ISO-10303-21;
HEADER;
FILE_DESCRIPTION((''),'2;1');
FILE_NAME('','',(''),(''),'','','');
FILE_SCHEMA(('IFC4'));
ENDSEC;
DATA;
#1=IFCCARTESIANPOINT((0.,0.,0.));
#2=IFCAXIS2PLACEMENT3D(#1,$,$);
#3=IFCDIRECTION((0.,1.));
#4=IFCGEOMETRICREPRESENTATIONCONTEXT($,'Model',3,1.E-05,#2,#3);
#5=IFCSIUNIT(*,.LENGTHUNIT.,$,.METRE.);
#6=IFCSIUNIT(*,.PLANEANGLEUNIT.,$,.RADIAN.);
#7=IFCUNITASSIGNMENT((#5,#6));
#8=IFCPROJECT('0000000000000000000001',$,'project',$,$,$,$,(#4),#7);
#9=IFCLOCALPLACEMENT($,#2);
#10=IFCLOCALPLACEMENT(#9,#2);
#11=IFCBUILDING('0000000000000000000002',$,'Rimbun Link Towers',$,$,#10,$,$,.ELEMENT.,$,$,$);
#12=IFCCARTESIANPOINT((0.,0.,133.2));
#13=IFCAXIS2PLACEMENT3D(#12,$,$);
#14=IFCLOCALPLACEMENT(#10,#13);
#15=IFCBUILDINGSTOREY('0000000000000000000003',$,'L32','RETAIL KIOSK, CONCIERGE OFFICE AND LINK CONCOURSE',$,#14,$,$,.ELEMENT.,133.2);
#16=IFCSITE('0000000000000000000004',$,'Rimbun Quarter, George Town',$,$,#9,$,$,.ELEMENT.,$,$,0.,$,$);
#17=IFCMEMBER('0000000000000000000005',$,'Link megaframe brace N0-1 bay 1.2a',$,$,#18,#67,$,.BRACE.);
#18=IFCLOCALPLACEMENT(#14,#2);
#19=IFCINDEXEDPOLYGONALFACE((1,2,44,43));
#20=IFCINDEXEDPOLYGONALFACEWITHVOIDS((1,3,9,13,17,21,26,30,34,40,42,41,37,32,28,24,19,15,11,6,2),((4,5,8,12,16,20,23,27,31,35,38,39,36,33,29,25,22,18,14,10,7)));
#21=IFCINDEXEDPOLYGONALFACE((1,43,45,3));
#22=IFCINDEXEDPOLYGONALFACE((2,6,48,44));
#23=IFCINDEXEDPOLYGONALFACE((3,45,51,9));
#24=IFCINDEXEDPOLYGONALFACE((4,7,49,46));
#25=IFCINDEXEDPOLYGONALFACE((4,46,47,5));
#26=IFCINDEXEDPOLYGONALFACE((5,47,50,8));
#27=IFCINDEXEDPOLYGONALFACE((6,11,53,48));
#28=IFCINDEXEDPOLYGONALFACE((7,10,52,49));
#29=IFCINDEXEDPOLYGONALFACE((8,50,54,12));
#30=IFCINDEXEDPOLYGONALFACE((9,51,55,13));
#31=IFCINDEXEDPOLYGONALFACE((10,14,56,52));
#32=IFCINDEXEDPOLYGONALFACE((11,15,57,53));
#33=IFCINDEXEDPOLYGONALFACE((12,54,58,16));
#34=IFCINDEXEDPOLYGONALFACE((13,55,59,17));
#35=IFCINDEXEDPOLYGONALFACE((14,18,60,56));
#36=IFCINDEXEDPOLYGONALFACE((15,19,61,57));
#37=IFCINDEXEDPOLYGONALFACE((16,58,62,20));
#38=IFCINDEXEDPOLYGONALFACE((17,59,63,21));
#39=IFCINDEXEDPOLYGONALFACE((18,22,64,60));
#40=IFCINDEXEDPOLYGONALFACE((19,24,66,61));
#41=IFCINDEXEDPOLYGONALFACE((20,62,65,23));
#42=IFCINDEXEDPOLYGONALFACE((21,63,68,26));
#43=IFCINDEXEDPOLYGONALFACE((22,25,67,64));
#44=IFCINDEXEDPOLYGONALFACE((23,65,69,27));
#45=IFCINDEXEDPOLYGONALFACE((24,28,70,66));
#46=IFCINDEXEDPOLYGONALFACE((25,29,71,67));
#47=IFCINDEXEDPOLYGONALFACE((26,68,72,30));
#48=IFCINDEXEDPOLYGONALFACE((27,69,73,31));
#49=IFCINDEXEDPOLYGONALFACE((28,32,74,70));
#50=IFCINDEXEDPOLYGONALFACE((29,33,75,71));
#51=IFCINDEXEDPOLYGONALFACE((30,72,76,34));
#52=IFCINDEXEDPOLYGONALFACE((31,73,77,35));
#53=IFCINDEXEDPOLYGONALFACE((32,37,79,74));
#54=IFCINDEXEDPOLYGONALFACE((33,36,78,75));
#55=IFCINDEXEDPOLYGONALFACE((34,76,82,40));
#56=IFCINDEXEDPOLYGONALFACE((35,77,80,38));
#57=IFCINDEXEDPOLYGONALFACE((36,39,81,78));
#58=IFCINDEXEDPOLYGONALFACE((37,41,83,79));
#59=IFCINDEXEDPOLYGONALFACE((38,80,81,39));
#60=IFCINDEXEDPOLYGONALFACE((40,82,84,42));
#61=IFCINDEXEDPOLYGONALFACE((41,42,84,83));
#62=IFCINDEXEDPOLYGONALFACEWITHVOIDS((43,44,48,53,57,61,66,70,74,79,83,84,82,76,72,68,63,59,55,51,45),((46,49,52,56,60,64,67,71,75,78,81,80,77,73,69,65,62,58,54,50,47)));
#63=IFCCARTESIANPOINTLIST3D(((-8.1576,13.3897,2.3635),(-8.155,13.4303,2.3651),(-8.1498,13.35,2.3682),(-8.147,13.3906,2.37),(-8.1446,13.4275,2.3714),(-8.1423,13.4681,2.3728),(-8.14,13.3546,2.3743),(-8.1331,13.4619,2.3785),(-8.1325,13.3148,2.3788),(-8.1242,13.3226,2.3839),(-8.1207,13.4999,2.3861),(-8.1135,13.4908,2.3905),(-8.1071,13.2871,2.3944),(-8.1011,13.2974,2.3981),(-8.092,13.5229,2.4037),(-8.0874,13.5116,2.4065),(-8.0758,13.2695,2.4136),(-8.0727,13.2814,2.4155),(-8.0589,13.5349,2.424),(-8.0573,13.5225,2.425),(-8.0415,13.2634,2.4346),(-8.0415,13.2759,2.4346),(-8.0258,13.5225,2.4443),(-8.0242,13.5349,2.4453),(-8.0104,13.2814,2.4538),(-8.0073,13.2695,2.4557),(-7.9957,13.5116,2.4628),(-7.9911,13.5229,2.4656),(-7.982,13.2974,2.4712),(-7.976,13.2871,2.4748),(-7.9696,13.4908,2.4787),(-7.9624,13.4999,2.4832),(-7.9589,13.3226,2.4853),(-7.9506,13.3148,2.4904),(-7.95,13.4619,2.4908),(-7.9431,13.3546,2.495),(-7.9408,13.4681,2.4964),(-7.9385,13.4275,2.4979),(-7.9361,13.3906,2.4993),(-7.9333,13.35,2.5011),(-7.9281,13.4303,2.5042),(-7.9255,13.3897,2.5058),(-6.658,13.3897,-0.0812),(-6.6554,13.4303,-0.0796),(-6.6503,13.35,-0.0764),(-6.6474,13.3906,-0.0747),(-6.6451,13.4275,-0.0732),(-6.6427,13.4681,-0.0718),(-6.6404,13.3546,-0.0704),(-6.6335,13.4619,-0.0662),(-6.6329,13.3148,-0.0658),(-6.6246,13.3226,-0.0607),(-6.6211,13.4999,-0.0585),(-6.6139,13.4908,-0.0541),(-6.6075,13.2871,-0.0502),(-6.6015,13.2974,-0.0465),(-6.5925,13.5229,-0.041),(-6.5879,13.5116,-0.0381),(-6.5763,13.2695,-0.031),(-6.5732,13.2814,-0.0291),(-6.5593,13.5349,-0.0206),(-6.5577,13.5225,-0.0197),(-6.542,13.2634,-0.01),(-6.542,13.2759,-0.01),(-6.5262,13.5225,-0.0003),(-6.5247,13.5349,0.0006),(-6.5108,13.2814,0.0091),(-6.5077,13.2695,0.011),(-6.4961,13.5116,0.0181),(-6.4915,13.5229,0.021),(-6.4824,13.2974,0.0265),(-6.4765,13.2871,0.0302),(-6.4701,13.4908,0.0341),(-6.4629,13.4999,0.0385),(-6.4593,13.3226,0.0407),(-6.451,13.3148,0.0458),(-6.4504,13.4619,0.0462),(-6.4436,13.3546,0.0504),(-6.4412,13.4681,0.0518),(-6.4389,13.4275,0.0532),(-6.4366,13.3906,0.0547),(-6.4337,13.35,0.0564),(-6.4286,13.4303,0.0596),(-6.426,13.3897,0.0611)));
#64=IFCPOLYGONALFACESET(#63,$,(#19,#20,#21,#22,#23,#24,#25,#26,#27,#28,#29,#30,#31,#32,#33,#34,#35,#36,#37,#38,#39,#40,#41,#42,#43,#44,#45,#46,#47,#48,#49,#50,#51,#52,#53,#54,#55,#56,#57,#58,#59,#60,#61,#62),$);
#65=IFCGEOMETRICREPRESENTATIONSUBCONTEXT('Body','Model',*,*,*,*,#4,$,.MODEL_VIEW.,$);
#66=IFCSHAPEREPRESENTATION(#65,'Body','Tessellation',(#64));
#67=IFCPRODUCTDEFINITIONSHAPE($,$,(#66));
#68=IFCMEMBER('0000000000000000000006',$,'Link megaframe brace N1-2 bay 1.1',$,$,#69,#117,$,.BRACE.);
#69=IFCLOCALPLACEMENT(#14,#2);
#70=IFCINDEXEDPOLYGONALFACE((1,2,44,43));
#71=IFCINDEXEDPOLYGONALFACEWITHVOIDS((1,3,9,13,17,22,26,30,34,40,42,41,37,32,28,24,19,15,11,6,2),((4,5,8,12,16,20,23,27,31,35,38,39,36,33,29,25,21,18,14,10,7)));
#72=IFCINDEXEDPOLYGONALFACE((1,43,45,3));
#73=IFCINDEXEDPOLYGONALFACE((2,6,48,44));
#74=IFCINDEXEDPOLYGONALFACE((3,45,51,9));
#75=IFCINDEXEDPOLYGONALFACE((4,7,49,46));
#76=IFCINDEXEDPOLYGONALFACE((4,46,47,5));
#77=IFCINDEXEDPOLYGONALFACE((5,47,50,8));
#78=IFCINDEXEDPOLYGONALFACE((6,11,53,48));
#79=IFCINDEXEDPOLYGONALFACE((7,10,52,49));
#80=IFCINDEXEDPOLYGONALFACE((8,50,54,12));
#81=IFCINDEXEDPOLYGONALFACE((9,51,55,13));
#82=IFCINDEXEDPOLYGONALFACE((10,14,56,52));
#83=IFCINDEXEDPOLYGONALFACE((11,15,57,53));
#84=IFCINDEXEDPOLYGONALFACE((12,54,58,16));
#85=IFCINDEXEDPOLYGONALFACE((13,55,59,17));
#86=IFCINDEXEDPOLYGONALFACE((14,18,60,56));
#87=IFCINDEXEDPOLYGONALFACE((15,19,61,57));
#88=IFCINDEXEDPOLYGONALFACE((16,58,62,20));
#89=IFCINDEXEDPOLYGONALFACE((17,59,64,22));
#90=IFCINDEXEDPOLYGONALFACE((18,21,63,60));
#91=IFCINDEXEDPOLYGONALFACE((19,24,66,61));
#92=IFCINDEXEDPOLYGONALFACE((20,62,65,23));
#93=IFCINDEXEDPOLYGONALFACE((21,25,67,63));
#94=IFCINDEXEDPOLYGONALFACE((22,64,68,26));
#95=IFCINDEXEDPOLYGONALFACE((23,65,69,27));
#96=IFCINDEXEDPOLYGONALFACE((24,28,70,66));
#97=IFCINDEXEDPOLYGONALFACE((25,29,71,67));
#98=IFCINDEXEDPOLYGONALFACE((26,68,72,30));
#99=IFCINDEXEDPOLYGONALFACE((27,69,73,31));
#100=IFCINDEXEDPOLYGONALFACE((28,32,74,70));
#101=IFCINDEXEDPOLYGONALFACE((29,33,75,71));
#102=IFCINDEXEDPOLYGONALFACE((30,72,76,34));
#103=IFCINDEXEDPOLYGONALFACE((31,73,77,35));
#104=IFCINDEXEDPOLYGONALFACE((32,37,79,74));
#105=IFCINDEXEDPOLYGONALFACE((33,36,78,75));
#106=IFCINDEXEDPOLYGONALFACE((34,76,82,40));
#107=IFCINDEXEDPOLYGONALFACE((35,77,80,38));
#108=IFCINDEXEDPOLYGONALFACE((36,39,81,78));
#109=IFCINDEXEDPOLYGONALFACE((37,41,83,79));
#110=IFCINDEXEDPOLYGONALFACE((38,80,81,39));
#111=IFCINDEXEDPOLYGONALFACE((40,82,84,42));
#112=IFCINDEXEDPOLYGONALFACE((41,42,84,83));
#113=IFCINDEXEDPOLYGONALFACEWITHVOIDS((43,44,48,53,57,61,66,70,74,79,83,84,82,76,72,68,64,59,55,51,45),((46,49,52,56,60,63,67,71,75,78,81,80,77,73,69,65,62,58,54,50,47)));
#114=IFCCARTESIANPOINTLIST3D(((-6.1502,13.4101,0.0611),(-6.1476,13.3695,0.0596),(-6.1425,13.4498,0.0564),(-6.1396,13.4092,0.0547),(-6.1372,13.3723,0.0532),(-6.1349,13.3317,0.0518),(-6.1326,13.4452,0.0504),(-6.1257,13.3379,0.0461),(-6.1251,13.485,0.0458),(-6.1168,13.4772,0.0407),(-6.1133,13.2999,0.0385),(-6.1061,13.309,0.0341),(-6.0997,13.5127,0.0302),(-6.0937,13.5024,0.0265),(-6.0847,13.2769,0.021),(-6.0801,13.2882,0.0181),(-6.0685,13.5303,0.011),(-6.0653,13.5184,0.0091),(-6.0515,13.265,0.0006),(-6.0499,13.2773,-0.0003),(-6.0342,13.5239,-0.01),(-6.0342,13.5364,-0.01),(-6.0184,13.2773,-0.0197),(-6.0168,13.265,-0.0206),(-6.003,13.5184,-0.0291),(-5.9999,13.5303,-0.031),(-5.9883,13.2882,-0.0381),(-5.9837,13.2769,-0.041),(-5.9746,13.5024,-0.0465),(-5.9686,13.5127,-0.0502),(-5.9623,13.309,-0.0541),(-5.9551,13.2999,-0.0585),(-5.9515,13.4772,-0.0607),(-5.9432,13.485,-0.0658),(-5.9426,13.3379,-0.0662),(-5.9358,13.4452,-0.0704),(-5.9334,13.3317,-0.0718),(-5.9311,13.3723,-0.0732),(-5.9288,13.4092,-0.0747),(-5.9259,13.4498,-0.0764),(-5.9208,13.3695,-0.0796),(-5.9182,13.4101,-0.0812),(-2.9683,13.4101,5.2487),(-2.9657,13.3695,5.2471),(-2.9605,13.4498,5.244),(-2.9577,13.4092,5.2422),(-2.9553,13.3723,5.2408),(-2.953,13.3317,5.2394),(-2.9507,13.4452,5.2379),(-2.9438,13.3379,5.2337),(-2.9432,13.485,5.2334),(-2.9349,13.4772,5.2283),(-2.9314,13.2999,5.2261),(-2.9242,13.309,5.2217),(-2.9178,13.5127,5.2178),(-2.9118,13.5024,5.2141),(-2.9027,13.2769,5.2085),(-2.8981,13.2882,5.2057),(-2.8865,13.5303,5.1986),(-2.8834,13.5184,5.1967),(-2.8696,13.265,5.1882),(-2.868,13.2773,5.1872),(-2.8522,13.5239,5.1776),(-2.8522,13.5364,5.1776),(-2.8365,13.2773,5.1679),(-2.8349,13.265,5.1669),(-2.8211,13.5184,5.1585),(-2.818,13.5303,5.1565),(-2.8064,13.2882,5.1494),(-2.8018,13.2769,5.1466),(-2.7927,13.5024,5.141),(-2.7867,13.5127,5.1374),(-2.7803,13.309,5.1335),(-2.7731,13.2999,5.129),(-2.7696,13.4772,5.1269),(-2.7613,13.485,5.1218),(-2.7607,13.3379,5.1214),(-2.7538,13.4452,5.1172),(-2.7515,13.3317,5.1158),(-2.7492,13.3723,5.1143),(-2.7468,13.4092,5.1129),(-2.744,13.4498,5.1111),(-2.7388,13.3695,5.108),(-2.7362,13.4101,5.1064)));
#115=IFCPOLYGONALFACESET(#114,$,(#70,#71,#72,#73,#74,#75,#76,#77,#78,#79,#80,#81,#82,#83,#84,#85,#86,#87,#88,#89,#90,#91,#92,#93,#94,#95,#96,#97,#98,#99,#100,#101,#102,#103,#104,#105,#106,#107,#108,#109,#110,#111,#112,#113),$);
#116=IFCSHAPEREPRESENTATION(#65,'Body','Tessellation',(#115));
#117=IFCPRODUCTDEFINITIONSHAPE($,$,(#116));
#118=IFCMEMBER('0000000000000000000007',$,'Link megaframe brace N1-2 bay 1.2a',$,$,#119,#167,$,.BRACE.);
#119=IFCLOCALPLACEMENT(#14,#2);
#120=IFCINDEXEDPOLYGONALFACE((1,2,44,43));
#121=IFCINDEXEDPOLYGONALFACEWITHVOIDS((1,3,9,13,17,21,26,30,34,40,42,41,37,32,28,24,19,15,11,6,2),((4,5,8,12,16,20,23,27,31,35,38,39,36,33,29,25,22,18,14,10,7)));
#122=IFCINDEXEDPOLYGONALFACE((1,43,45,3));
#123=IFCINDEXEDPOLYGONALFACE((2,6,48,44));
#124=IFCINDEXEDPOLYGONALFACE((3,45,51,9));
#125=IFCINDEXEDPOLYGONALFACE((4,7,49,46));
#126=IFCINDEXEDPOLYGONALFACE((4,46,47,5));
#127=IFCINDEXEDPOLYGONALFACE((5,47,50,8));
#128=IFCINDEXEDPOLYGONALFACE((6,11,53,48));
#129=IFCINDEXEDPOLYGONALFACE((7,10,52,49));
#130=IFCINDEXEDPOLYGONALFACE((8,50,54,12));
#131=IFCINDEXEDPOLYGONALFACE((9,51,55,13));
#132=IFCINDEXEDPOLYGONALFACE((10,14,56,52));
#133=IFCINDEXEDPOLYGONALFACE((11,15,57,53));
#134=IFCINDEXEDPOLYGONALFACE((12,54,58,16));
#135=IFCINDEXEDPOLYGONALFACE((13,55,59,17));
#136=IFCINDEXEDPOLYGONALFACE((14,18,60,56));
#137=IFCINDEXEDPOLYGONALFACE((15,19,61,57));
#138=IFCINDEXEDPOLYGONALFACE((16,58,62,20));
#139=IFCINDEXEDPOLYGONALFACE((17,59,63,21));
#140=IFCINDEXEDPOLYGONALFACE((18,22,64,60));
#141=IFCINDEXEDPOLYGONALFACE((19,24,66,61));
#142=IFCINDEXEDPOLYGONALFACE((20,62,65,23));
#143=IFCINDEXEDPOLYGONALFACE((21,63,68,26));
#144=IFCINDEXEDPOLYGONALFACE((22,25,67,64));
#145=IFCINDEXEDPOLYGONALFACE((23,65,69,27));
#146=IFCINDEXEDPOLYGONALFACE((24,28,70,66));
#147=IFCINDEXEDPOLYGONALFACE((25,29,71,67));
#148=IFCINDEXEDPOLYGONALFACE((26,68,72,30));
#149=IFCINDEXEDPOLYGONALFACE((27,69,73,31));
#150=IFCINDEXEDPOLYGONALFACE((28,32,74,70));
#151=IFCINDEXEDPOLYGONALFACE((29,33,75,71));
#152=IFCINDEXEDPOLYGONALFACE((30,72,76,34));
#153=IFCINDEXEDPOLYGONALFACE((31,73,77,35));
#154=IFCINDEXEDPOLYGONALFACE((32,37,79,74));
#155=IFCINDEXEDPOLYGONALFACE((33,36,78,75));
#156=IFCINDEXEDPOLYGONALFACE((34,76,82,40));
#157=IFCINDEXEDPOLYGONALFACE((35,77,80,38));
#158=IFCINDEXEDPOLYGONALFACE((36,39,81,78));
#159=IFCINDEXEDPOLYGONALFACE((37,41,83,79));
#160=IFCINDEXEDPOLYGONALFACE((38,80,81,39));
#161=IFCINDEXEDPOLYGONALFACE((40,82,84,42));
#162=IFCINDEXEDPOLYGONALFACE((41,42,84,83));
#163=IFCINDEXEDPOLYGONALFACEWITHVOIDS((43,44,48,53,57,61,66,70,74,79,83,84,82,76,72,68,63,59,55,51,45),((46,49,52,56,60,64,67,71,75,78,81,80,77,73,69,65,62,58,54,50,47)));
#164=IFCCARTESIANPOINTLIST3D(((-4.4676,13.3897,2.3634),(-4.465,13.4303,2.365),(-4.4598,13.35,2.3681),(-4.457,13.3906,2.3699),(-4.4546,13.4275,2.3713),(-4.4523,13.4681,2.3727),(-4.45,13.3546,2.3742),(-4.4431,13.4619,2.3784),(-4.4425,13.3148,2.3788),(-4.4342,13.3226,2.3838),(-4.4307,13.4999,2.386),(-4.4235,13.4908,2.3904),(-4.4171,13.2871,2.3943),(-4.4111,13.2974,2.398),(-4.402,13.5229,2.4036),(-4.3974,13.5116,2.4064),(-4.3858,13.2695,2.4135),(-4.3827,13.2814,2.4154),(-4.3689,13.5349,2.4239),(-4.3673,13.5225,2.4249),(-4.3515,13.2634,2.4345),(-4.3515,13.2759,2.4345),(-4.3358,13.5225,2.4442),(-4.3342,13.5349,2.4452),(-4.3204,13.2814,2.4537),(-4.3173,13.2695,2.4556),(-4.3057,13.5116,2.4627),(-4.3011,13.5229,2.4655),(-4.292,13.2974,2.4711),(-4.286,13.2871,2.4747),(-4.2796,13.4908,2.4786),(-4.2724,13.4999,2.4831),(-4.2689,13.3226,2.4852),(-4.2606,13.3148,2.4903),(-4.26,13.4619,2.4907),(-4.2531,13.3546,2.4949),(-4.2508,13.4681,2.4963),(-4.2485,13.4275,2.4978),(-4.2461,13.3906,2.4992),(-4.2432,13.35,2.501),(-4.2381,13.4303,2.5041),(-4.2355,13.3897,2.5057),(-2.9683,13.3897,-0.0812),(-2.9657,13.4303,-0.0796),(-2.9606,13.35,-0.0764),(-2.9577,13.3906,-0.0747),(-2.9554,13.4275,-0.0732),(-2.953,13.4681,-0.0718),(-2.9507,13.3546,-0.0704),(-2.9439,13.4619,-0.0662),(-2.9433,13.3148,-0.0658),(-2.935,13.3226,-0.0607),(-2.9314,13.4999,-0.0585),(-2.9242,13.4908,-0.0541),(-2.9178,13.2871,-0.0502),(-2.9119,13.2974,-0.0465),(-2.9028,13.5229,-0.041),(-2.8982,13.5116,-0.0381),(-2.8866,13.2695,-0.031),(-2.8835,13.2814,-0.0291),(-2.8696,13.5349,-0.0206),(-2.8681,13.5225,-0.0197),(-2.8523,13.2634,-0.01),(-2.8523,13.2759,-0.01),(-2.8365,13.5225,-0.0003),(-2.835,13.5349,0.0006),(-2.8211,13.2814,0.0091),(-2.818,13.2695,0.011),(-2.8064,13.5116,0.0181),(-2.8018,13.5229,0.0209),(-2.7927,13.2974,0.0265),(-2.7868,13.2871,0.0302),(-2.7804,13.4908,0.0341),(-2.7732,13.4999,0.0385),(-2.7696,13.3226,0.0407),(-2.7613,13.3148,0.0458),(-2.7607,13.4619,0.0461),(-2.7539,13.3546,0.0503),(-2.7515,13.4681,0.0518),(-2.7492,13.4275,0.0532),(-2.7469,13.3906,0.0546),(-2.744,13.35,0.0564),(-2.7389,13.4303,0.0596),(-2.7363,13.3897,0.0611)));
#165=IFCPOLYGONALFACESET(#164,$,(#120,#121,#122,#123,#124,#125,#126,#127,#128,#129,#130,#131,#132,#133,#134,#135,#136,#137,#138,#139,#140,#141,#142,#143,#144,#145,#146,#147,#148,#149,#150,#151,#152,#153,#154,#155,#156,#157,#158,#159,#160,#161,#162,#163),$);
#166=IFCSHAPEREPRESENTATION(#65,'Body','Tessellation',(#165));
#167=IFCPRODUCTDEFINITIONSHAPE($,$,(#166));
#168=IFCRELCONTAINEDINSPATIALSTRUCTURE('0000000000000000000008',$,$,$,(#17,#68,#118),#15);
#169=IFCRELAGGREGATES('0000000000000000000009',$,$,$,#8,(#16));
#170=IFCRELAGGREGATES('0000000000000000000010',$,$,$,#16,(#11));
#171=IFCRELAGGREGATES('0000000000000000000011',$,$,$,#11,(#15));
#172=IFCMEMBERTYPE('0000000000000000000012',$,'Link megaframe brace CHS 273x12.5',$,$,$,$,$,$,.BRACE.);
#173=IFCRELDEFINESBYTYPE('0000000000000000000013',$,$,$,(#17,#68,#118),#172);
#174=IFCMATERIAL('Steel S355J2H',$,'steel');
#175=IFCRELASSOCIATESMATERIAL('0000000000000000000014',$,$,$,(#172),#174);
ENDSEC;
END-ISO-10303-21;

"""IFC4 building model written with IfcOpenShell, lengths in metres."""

from ifc_helpers import new_model, si_unit, direction, frame, origin, origin_2d, place, context, subcontext, project, spatial, hollow_circle, extrude, material, material_profile, profile_set, type_object, element, save


model = new_model("IFC4")

# Units and contexts
model_context = context("Model", 3, precision=1e-05, world=origin(), true_north=direction((0.0, 1.0)))
body_context = subcontext(model_context, "Body", "Model", "MODEL_VIEW")
ifc_project = project(units=[si_unit("LENGTHUNIT", "METRE"), si_unit("PLANEANGLEUNIT", "RADIAN")], contexts=[model_context])

# Site, building, storey
site_placement = place(None, origin())
site = spatial("IfcSite", under=ifc_project, at=site_placement, Name="Rimbun Quarter, George Town", CompositionType="ELEMENT", RefElevation=0.0)
building_placement = place(site_placement, origin())
building = spatial("IfcBuilding", under=site, at=building_placement, Name="Rimbun Link Towers", CompositionType="ELEMENT")
storey_placement = place(building_placement, frame((0.0, 0.0, 133.2)))
storey = spatial("IfcBuildingStorey", under=building, at=storey_placement, Name="L32", Description="RETAIL KIOSK, CONCIERGE OFFICE AND LINK CONCOURSE", CompositionType="ELEMENT", Elevation=133.2)

# Members
ifc_material_1 = material(Name="Steel S355J2H", Category="steel")
ifc_material_profile_1 = material_profile(ifc_material_1, hollow_circle(Radius=0.1365, WallThickness=0.0125, at=origin_2d()), Name="CHS 273x12.5")
ifc_profile_set_1 = profile_set([ifc_material_profile_1], Name="Steel S355J2H")
member_type_1 = type_object("IfcMemberType", Name="Link megaframe brace CHS 273x12.5", PredefinedType="BRACE", material=ifc_profile_set_1)
member_1_placement = place(storey_placement, frame((-6.542, 13.3999, -0.01), z_axis=(-0.522871, 0.0, 0.852412), x_axis=(0.0, -1.0, 0.0)))
element("IfcMember", 1, at=member_1_placement, inside=storey, type_object=member_type_1, Name="Link megaframe brace N0-1 bay 1.2a", PredefinedType="BRACE", context=body_context, shape_type="SweptSolid", body=[
    extrude(hollow_circle(Radius=0.1365, WallThickness=0.0125, at=origin_2d()), origin(), (0.0, 0.0, 1.0), 2.8679),
])
member_2_placement = place(storey_placement, frame((-6.0342, 13.3999, -0.01), z_axis=(0.522855, 0.0, 0.852422), x_axis=(0.0, 1.0, 0.0)))
element("IfcMember", 2, at=member_2_placement, inside=storey, type_object=member_type_1, Name="Link megaframe brace N1-2 bay 1.1", PredefinedType="BRACE", context=body_context, shape_type="SweptSolid", body=[
    extrude(hollow_circle(Radius=0.1365, WallThickness=0.0125, at=origin_2d()), origin(), (0.0, 0.0, 1.0), 6.0857),
])
member_3_placement = place(storey_placement, frame((-2.8523, 13.3999, -0.01), z_axis=(-0.52281, 0.0, 0.852449), x_axis=(0.0, -1.0, 0.0)))
element("IfcMember", 3, at=member_3_placement, inside=storey, type_object=member_type_1, Name="Link megaframe brace N1-2 bay 1.2a", PredefinedType="BRACE", context=body_context, shape_type="SweptSolid", body=[
    extrude(hollow_circle(Radius=0.1365, WallThickness=0.0125, at=origin_2d()), origin(), (0.0, 0.0, 1.0), 2.8677),
])

save(model, "model.ifc")
